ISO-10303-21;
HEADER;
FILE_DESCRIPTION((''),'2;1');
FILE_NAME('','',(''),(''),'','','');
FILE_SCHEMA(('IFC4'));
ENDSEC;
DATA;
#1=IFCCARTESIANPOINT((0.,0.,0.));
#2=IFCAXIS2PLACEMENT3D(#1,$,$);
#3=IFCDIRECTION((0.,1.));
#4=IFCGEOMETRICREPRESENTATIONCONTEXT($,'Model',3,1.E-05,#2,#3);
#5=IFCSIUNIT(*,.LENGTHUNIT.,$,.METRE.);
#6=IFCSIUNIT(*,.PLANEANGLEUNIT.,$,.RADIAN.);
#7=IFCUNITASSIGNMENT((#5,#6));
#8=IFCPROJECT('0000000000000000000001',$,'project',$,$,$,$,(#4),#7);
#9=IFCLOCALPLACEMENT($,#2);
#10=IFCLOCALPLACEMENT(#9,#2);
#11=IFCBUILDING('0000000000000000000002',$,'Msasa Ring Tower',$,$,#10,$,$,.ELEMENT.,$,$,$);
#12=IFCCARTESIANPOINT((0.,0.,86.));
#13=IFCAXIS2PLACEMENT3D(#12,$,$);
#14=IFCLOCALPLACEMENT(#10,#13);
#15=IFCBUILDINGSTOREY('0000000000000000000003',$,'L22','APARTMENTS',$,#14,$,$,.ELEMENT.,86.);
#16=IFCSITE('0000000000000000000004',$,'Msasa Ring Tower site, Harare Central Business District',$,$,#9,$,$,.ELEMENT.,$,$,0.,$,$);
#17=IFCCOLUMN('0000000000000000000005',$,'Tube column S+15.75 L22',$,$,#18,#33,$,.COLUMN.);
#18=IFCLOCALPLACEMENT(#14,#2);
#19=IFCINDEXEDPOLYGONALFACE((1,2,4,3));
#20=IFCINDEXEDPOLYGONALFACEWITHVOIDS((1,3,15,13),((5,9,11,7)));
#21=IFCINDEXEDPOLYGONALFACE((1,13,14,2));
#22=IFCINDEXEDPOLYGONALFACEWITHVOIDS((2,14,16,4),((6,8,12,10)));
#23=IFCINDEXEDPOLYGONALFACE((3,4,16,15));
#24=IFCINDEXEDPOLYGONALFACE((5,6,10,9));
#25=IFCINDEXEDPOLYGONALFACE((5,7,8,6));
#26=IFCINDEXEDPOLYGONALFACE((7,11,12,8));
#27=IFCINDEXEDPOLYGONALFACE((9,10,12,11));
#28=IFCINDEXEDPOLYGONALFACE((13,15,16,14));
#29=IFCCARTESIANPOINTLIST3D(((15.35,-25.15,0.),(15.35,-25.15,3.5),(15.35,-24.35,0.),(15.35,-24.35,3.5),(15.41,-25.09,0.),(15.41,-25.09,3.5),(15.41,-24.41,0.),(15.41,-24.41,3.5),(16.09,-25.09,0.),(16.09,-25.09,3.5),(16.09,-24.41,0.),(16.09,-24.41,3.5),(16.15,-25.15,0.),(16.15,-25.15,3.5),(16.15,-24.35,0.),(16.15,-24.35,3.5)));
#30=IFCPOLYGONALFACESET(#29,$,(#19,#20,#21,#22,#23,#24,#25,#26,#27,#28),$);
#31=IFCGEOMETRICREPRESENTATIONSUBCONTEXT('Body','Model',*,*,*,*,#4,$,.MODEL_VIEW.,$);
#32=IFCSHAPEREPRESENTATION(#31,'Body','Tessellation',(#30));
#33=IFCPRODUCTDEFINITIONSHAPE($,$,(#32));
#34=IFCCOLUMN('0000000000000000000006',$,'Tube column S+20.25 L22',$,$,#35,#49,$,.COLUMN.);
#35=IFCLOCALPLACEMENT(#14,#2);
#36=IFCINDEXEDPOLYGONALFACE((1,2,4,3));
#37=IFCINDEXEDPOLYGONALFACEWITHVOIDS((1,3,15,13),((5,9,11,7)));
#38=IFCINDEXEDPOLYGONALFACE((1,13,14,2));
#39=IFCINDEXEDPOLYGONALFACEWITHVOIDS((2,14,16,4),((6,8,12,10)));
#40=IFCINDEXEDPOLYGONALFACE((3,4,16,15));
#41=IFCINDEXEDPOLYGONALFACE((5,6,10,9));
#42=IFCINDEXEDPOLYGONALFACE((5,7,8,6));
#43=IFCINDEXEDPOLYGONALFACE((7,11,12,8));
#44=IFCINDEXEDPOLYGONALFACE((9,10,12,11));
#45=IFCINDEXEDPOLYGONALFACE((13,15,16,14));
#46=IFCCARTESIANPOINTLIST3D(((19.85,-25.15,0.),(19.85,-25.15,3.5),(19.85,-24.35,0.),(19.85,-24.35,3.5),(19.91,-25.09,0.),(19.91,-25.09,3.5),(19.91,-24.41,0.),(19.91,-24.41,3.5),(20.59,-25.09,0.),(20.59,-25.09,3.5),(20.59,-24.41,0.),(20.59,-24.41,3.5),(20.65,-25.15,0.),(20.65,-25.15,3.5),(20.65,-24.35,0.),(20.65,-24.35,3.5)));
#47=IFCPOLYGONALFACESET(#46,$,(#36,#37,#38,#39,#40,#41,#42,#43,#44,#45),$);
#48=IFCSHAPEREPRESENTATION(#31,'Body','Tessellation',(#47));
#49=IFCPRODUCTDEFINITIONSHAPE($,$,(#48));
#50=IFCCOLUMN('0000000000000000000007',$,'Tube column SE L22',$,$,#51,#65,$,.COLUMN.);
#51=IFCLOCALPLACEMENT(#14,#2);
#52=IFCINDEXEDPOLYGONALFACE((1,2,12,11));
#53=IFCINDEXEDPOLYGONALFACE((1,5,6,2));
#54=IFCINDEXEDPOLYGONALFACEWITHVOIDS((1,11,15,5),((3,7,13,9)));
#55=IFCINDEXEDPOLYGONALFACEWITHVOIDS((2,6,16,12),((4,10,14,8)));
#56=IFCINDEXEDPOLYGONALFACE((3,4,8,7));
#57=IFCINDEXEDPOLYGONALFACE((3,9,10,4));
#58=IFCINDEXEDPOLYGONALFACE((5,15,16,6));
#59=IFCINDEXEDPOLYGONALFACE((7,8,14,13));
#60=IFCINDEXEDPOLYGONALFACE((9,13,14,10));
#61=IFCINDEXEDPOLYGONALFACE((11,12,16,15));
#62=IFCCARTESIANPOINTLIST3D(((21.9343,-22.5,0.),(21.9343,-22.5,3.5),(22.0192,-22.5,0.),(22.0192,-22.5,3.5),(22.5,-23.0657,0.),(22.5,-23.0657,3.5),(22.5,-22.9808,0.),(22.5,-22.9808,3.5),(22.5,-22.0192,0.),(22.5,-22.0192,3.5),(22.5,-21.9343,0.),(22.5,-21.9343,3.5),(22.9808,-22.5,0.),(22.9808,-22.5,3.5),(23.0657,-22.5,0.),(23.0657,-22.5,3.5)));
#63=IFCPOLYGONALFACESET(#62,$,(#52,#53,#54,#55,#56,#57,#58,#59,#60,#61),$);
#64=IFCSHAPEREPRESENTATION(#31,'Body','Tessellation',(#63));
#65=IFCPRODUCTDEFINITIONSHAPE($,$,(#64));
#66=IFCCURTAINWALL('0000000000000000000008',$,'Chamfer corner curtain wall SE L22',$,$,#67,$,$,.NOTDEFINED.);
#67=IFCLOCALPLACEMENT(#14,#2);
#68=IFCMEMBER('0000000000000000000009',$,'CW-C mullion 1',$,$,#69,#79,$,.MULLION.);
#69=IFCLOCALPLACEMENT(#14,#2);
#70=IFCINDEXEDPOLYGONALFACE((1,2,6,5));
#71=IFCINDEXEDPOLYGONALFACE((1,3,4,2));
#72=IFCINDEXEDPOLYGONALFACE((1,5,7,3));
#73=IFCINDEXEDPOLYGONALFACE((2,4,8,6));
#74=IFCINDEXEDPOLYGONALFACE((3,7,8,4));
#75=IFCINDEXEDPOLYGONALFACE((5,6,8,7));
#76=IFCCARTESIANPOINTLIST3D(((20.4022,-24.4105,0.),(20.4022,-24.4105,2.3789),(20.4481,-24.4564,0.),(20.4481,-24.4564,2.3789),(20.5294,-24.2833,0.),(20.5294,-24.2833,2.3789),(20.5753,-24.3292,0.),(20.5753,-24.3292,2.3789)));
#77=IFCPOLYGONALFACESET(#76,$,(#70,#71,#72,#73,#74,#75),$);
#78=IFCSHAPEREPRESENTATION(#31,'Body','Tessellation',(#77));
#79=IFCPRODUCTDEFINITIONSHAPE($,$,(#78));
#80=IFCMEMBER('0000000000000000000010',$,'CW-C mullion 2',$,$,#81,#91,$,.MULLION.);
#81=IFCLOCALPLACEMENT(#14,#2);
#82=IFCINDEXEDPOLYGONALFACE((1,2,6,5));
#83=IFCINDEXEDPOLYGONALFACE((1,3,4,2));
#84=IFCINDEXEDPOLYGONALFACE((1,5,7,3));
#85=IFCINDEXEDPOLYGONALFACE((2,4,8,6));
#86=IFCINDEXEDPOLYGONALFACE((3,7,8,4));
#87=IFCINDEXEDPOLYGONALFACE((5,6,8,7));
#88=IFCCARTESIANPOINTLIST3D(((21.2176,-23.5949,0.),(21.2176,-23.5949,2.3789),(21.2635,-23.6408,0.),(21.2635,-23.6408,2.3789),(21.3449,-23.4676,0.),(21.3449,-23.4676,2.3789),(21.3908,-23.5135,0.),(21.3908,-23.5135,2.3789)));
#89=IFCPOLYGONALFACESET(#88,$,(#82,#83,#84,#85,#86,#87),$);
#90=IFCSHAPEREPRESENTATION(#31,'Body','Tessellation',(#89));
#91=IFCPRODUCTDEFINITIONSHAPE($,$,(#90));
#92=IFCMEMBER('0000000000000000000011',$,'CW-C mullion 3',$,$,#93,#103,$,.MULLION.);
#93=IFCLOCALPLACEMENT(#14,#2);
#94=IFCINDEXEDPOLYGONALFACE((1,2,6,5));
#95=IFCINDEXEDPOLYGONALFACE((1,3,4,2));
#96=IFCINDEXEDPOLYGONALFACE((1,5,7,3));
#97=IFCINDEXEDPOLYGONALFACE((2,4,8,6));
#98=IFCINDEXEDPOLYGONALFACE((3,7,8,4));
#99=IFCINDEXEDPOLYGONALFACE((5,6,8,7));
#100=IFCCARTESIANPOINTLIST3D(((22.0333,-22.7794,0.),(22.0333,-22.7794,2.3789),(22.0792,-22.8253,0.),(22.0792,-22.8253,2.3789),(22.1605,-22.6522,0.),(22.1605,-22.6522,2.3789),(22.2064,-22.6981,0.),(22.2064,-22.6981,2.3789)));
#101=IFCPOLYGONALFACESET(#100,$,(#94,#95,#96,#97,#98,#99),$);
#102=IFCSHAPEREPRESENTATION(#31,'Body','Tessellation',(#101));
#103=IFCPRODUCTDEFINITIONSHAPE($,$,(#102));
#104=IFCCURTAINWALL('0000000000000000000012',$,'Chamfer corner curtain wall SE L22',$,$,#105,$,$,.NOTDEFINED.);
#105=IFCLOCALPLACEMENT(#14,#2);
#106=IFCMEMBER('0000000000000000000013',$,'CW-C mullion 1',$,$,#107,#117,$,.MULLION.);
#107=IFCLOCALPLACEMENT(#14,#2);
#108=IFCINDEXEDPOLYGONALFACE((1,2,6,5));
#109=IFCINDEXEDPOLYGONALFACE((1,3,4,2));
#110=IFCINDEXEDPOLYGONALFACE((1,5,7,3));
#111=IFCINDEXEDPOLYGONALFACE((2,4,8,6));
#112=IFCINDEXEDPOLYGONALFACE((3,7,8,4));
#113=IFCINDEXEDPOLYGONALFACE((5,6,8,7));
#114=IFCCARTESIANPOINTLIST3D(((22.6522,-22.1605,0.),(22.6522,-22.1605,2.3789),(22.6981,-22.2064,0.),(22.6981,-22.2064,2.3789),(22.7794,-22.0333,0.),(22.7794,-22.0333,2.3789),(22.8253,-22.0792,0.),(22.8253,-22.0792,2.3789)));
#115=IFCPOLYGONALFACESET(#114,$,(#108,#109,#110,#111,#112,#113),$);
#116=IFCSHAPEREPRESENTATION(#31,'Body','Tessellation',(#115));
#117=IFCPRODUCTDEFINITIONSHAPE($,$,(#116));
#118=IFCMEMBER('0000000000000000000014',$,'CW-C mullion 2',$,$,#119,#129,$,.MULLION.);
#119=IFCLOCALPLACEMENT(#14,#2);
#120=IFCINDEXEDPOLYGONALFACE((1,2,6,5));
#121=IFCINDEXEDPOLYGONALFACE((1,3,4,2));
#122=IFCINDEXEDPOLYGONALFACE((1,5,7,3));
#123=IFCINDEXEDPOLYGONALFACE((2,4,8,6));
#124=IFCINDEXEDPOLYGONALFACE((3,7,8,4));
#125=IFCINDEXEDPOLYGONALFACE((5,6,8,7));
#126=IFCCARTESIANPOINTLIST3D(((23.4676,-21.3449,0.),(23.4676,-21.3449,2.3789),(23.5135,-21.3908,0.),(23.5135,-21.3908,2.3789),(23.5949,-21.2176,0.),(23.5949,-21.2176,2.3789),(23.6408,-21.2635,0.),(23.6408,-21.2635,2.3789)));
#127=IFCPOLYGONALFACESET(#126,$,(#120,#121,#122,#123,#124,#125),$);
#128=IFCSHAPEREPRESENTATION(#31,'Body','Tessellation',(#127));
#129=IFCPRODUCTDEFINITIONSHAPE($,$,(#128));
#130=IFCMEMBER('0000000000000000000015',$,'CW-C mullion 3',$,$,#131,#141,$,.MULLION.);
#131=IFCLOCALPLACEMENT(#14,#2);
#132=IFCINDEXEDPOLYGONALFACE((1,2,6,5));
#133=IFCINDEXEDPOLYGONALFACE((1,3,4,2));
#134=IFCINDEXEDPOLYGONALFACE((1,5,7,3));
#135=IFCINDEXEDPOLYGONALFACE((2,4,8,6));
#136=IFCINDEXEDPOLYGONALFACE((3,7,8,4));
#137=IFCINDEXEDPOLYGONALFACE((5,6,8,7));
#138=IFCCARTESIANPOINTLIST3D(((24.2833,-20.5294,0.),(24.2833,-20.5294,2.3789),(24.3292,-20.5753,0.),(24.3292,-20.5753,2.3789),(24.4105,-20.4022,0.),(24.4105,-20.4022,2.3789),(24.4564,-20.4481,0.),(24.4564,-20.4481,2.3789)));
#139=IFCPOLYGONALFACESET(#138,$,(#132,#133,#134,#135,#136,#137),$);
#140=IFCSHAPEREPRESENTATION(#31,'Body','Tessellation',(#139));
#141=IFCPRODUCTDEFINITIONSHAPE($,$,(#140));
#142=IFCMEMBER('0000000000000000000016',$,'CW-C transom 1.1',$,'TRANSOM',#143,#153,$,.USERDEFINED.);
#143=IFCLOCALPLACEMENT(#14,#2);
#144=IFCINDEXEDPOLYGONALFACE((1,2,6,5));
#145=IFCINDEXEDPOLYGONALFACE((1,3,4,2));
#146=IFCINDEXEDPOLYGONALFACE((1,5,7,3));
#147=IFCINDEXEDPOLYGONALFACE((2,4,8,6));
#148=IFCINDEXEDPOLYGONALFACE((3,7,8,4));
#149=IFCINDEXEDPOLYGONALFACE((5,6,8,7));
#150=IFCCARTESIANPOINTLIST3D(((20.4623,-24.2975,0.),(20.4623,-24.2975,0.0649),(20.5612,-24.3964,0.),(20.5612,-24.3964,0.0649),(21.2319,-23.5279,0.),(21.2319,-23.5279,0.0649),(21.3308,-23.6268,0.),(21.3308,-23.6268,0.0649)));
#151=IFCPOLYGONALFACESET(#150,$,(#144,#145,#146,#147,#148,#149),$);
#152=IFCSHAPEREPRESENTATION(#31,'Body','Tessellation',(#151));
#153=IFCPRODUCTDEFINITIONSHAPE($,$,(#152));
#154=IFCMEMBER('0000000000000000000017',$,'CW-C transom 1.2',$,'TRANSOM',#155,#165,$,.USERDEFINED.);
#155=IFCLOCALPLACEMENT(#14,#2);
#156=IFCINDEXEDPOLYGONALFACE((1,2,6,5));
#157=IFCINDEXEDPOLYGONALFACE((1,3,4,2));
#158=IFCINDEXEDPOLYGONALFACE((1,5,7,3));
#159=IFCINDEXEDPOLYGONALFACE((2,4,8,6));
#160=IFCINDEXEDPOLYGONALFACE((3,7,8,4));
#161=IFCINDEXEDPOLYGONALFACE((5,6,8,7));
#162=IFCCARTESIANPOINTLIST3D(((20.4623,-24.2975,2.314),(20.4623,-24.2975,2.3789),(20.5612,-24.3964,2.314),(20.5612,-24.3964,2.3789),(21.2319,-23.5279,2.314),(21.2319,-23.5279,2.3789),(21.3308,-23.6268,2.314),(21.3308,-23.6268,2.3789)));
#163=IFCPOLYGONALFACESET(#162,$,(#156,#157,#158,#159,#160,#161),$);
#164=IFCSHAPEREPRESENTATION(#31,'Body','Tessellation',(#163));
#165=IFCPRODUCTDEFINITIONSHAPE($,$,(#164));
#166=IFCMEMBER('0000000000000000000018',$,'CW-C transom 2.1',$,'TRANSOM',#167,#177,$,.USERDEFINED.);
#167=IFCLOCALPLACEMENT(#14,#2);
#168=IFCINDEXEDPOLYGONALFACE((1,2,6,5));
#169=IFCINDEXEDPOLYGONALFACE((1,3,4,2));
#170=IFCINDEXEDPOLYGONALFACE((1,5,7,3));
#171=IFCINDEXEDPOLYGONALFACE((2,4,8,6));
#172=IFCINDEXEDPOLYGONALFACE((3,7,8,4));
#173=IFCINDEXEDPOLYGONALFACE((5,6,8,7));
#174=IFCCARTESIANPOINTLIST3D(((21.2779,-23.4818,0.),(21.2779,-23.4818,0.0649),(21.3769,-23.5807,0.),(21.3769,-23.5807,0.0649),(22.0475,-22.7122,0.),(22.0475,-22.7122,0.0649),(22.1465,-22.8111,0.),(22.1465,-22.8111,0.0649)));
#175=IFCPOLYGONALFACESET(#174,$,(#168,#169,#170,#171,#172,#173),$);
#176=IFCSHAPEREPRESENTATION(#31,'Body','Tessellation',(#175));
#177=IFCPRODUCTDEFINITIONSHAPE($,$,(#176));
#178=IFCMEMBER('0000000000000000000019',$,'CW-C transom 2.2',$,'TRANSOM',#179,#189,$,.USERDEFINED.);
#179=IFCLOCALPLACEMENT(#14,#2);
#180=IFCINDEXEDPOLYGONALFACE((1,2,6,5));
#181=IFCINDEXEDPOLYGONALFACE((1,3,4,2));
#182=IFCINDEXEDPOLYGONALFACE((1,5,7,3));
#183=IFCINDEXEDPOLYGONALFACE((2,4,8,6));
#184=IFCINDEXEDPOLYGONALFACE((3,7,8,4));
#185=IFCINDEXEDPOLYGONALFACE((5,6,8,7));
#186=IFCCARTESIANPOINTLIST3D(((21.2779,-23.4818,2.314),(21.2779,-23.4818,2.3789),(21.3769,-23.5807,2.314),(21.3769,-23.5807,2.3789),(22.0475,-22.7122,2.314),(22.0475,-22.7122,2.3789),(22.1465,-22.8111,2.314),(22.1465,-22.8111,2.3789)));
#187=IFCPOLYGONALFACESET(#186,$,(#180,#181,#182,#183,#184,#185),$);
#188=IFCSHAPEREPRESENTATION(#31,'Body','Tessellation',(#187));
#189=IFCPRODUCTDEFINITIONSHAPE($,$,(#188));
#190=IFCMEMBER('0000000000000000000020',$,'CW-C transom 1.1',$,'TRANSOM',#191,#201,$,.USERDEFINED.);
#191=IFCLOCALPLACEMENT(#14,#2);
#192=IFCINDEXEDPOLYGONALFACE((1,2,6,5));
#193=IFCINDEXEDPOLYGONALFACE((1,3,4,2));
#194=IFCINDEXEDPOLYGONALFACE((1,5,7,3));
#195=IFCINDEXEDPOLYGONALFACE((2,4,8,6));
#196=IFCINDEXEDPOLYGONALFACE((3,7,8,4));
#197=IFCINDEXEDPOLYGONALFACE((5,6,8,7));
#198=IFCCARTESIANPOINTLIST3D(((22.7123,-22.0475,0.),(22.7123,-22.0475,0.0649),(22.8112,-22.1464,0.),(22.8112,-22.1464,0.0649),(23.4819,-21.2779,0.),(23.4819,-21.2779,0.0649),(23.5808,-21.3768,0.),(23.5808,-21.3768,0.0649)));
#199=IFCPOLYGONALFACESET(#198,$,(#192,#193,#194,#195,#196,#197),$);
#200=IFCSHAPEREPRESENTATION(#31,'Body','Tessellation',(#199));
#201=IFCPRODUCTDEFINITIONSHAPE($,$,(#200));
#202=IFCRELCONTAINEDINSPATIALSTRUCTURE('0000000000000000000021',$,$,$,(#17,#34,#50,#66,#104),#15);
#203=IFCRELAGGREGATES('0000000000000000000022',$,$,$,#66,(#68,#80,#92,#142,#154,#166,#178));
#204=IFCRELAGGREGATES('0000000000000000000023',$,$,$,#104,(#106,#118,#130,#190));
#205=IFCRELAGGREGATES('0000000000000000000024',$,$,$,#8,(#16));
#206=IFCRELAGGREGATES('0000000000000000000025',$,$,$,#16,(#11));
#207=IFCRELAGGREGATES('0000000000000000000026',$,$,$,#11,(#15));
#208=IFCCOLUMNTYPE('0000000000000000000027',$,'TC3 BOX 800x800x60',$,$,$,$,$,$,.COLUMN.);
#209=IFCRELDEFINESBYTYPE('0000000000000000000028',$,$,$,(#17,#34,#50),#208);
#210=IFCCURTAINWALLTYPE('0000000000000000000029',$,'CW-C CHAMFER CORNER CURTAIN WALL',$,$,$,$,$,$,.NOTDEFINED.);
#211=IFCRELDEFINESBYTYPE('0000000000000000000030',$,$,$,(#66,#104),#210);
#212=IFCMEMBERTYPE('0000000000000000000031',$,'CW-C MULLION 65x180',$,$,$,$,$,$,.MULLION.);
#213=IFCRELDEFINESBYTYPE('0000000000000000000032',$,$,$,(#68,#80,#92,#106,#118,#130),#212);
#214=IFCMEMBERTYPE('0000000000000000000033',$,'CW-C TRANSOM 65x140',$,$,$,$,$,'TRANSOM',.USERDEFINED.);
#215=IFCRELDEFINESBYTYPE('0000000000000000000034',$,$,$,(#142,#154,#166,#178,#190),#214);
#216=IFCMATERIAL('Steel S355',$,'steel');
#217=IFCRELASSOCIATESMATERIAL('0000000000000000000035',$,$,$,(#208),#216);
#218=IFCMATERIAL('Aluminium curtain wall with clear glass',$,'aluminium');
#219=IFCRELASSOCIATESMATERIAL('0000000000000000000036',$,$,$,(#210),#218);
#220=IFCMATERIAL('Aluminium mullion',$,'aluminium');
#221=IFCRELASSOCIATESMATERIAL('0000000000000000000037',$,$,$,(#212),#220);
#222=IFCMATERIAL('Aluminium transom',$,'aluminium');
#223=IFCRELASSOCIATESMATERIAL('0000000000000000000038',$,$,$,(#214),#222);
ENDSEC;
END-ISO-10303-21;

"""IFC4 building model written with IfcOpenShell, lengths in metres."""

from ifc_helpers import new_model, si_unit, direction, frame, origin, origin_2d, place, context, subcontext, project, spatial, rectangle, hollow_rectangle, extrude, material, material_profile, profile_set, type_object, element, aggregate, save


model = new_model("IFC4")

# Units and contexts
model_context = context("Model", 3, precision=1e-05, world=origin(), true_north=direction((0.0, 1.0)))
body_context = subcontext(model_context, "Body", "Model", "MODEL_VIEW")
ifc_project = project(units=[si_unit("LENGTHUNIT", "METRE"), si_unit("PLANEANGLEUNIT", "RADIAN")], contexts=[model_context])

# Site, building, storey
site_placement = place(None, origin())
site = spatial("IfcSite", under=ifc_project, at=site_placement, Name="Msasa Ring Tower site, Harare Central Business District", CompositionType="ELEMENT", RefElevation=0.0)
building_placement = place(site_placement, origin())
building = spatial("IfcBuilding", under=site, at=building_placement, Name="Msasa Ring Tower", CompositionType="ELEMENT")
storey_placement = place(building_placement, frame((0.0, 0.0, 86.0)))
storey = spatial("IfcBuildingStorey", under=building, at=storey_placement, Name="L22", Description="APARTMENTS", CompositionType="ELEMENT", Elevation=86.0)

# Columns
ifc_material_1 = material(Name="Steel S355", Category="steel")
ifc_material_profile_1 = material_profile(ifc_material_1, hollow_rectangle(XDim=0.8, YDim=0.8, WallThickness=0.0601, at=origin_2d()), Name="BOX 800x800x60")
ifc_profile_set_1 = profile_set([ifc_material_profile_1], Name="Steel S355")
column_type = type_object("IfcColumnType", Name="TC3 BOX 800x800x60", PredefinedType="COLUMN", material=ifc_profile_set_1)
for number, where, z_axis, x_axis, name in (
    (1, (15.75, -24.75, 0.0), (0.0, 0.0, 1.0), (0.0, 1.0, 0.0), "Tube column S+15.75 L22"),
    (2, (20.25, -24.75, 0.0), (0.0, 0.0, 1.0), (0.0, 1.0, 0.0), "Tube column S+20.25 L22"),
    (3, (22.5, -22.5, 0.0), (0.0, 0.0, 1.0), (0.707107, -0.707107, 0.0), "Tube column SE L22"),
):
    element("IfcColumn", number, at=place(storey_placement, frame(where, z_axis=z_axis, x_axis=x_axis)), inside=storey, type_object=column_type, Name=name, PredefinedType="COLUMN", context=body_context, shape_type="SweptSolid", body=[
        extrude(hollow_rectangle(XDim=0.8, YDim=0.8, WallThickness=0.0601, at=origin_2d()), origin(), (0.0, 0.0, 1.0), 3.5),
    ])

# Curtain walls, members
ifc_material_2 = material(Name="Aluminium curtain wall with clear glass", Category="aluminium")
curtain_wall_type = type_object("IfcCurtainWallType", Name="CW-C CHAMFER CORNER CURTAIN WALL", PredefinedType="NOTDEFINED", material=ifc_material_2)
curtain_wall_1_placement = place(storey_placement, origin())
curtain_wall_1 = element("IfcCurtainWall", 4, at=curtain_wall_1_placement, inside=storey, type_object=curtain_wall_type, Name="Chamfer corner curtain wall SE L22", PredefinedType="NOTDEFINED")
ifc_material_3 = material(Name="Aluminium mullion", Category="aluminium")
ifc_material_profile_2 = material_profile(ifc_material_3, rectangle(XDim=0.0649, YDim=0.1799, at=origin_2d()), Name="AL 65x180")
ifc_profile_set_2 = profile_set([ifc_material_profile_2], Name="Aluminium mullion")
member_type_1 = type_object("IfcMemberType", Name="CW-C MULLION 65x180", PredefinedType="MULLION", material=ifc_profile_set_2)
member_1_placement = place(storey_placement, frame((20.4888, -24.3699, 0.0), z_axis=(0.0, 0.0, 1.0), x_axis=(-0.707107, 0.707107, 0.0)))
member_1 = element("IfcMember", 5, at=member_1_placement, type_object=member_type_1, Name="CW-C mullion 1", PredefinedType="MULLION", context=body_context, shape_type="SweptSolid", body=[
    extrude(rectangle(XDim=0.0649, YDim=0.1799, at=origin_2d()), origin(), (0.0, 0.0, 1.0), 2.3789),
])
member_2_placement = place(storey_placement, frame((21.3042, -23.5542, 0.0), z_axis=(0.0, 0.0, 1.0), x_axis=(-0.707107, 0.707107, 0.0)))
member_2 = element("IfcMember", 6, at=member_2_placement, type_object=member_type_1, Name="CW-C mullion 2", PredefinedType="MULLION", context=body_context, shape_type="SweptSolid", body=[
    extrude(rectangle(XDim=0.0649, YDim=0.1799, at=origin_2d()), origin(), (0.0, 0.0, 1.0), 2.3789),
])
member_3_placement = place(storey_placement, frame((22.1199, -22.7388, 0.0), z_axis=(0.0, 0.0, 1.0), x_axis=(-0.707107, 0.707107, 0.0)))
member_3 = element("IfcMember", 7, at=member_3_placement, type_object=member_type_1, Name="CW-C mullion 3", PredefinedType="MULLION", context=body_context, shape_type="SweptSolid", body=[
    extrude(rectangle(XDim=0.0649, YDim=0.1799, at=origin_2d()), origin(), (0.0, 0.0, 1.0), 2.3789),
])
curtain_wall_2_placement = place(storey_placement, origin())
curtain_wall_2 = element("IfcCurtainWall", 8, at=curtain_wall_2_placement, inside=storey, type_object=curtain_wall_type, Name="Chamfer corner curtain wall SE L22", PredefinedType="NOTDEFINED")
member_4_placement = place(storey_placement, frame((22.7388, -22.1199, 0.0), z_axis=(0.0, 0.0, 1.0), x_axis=(-0.707107, 0.707107, 0.0)))
member_4 = element("IfcMember", 9, at=member_4_placement, type_object=member_type_1, Name="CW-C mullion 1", PredefinedType="MULLION", context=body_context, shape_type="SweptSolid", body=[
    extrude(rectangle(XDim=0.0649, YDim=0.1799, at=origin_2d()), origin(), (0.0, 0.0, 1.0), 2.3789),
])
member_5_placement = place(storey_placement, frame((23.5542, -21.3042, 0.0), z_axis=(0.0, 0.0, 1.0), x_axis=(-0.707107, 0.707107, 0.0)))
member_5 = element("IfcMember", 10, at=member_5_placement, type_object=member_type_1, Name="CW-C mullion 2", PredefinedType="MULLION", context=body_context, shape_type="SweptSolid", body=[
    extrude(rectangle(XDim=0.0649, YDim=0.1799, at=origin_2d()), origin(), (0.0, 0.0, 1.0), 2.3789),
])
member_6_placement = place(storey_placement, frame((24.3699, -20.4888, 0.0), z_axis=(0.0, 0.0, 1.0), x_axis=(-0.707107, 0.707107, 0.0)))
member_6 = element("IfcMember", 11, at=member_6_placement, type_object=member_type_1, Name="CW-C mullion 3", PredefinedType="MULLION", context=body_context, shape_type="SweptSolid", body=[
    extrude(rectangle(XDim=0.0649, YDim=0.1799, at=origin_2d()), origin(), (0.0, 0.0, 1.0), 2.3789),
])

# Members
ifc_material_4 = material(Name="Aluminium transom", Category="aluminium")
ifc_material_profile_3 = material_profile(ifc_material_4, rectangle(XDim=0.1399, YDim=0.0649, at=origin_2d()), Name="AL 65x140")
ifc_profile_set_3 = profile_set([ifc_material_profile_3], Name="Aluminium transom")
member_type_2 = type_object("IfcMemberType", Name="CW-C TRANSOM 65x140", ElementType="TRANSOM", PredefinedType="USERDEFINED", material=ifc_profile_set_3)
member_7_placement = place(storey_placement, frame((20.5117, -24.3469, 0.0325), z_axis=(0.707107, 0.707107, 0.0), x_axis=(-0.707107, 0.707107, 0.0)))
member_7 = element("IfcMember", 12, at=member_7_placement, type_object=member_type_2, Name="CW-C transom 1.1", ObjectType="TRANSOM", PredefinedType="USERDEFINED", context=body_context, shape_type="SweptSolid", body=[
    extrude(rectangle(XDim=0.1399, YDim=0.0649, at=origin_2d()), origin(), (0.0, 0.0, 1.0), 1.0884),
])
member_8_placement = place(storey_placement, frame((20.5117, -24.3469, 2.3464), z_axis=(0.707107, 0.707107, 0.0), x_axis=(-0.707107, 0.707107, 0.0)))
member_8 = element("IfcMember", 13, at=member_8_placement, type_object=member_type_2, Name="CW-C transom 1.2", ObjectType="TRANSOM", PredefinedType="USERDEFINED", context=body_context, shape_type="SweptSolid", body=[
    extrude(rectangle(XDim=0.1399, YDim=0.0649, at=origin_2d()), origin(), (0.0, 0.0, 1.0), 1.0884),
])
member_9_placement = place(storey_placement, frame((21.3274, -23.5312, 0.0325), z_axis=(0.707107, 0.707107, 0.0), x_axis=(-0.707107, 0.707107, 0.0)))
member_9 = element("IfcMember", 14, at=member_9_placement, type_object=member_type_2, Name="CW-C transom 2.1", ObjectType="TRANSOM", PredefinedType="USERDEFINED", context=body_context, shape_type="SweptSolid", body=[
    extrude(rectangle(XDim=0.1399, YDim=0.0649, at=origin_2d()), origin(), (0.0, 0.0, 1.0), 1.0884),
])
member_10_placement = place(storey_placement, frame((21.3274, -23.5312, 2.3464), z_axis=(0.707107, 0.707107, 0.0), x_axis=(-0.707107, 0.707107, 0.0)))
member_10 = element("IfcMember", 15, at=member_10_placement, type_object=member_type_2, Name="CW-C transom 2.2", ObjectType="TRANSOM", PredefinedType="USERDEFINED", context=body_context, shape_type="SweptSolid", body=[
    extrude(rectangle(XDim=0.1399, YDim=0.0649, at=origin_2d()), origin(), (0.0, 0.0, 1.0), 1.0884),
])
member_11_placement = place(storey_placement, frame((22.7617, -22.0969, 0.0325), z_axis=(0.707107, 0.707107, 0.0), x_axis=(-0.707107, 0.707107, 0.0)))
member_11 = element("IfcMember", 16, at=member_11_placement, type_object=member_type_2, Name="CW-C transom 1.1", ObjectType="TRANSOM", PredefinedType="USERDEFINED", context=body_context, shape_type="SweptSolid", body=[
    extrude(rectangle(XDim=0.1399, YDim=0.0649, at=origin_2d()), origin(), (0.0, 0.0, 1.0), 1.0884),
])

aggregate(curtain_wall_1, [member_1, member_2, member_3, member_7, member_8, member_9, member_10])
aggregate(curtain_wall_2, [member_4, member_5, member_6, member_11])

save(model, "model.ifc")
